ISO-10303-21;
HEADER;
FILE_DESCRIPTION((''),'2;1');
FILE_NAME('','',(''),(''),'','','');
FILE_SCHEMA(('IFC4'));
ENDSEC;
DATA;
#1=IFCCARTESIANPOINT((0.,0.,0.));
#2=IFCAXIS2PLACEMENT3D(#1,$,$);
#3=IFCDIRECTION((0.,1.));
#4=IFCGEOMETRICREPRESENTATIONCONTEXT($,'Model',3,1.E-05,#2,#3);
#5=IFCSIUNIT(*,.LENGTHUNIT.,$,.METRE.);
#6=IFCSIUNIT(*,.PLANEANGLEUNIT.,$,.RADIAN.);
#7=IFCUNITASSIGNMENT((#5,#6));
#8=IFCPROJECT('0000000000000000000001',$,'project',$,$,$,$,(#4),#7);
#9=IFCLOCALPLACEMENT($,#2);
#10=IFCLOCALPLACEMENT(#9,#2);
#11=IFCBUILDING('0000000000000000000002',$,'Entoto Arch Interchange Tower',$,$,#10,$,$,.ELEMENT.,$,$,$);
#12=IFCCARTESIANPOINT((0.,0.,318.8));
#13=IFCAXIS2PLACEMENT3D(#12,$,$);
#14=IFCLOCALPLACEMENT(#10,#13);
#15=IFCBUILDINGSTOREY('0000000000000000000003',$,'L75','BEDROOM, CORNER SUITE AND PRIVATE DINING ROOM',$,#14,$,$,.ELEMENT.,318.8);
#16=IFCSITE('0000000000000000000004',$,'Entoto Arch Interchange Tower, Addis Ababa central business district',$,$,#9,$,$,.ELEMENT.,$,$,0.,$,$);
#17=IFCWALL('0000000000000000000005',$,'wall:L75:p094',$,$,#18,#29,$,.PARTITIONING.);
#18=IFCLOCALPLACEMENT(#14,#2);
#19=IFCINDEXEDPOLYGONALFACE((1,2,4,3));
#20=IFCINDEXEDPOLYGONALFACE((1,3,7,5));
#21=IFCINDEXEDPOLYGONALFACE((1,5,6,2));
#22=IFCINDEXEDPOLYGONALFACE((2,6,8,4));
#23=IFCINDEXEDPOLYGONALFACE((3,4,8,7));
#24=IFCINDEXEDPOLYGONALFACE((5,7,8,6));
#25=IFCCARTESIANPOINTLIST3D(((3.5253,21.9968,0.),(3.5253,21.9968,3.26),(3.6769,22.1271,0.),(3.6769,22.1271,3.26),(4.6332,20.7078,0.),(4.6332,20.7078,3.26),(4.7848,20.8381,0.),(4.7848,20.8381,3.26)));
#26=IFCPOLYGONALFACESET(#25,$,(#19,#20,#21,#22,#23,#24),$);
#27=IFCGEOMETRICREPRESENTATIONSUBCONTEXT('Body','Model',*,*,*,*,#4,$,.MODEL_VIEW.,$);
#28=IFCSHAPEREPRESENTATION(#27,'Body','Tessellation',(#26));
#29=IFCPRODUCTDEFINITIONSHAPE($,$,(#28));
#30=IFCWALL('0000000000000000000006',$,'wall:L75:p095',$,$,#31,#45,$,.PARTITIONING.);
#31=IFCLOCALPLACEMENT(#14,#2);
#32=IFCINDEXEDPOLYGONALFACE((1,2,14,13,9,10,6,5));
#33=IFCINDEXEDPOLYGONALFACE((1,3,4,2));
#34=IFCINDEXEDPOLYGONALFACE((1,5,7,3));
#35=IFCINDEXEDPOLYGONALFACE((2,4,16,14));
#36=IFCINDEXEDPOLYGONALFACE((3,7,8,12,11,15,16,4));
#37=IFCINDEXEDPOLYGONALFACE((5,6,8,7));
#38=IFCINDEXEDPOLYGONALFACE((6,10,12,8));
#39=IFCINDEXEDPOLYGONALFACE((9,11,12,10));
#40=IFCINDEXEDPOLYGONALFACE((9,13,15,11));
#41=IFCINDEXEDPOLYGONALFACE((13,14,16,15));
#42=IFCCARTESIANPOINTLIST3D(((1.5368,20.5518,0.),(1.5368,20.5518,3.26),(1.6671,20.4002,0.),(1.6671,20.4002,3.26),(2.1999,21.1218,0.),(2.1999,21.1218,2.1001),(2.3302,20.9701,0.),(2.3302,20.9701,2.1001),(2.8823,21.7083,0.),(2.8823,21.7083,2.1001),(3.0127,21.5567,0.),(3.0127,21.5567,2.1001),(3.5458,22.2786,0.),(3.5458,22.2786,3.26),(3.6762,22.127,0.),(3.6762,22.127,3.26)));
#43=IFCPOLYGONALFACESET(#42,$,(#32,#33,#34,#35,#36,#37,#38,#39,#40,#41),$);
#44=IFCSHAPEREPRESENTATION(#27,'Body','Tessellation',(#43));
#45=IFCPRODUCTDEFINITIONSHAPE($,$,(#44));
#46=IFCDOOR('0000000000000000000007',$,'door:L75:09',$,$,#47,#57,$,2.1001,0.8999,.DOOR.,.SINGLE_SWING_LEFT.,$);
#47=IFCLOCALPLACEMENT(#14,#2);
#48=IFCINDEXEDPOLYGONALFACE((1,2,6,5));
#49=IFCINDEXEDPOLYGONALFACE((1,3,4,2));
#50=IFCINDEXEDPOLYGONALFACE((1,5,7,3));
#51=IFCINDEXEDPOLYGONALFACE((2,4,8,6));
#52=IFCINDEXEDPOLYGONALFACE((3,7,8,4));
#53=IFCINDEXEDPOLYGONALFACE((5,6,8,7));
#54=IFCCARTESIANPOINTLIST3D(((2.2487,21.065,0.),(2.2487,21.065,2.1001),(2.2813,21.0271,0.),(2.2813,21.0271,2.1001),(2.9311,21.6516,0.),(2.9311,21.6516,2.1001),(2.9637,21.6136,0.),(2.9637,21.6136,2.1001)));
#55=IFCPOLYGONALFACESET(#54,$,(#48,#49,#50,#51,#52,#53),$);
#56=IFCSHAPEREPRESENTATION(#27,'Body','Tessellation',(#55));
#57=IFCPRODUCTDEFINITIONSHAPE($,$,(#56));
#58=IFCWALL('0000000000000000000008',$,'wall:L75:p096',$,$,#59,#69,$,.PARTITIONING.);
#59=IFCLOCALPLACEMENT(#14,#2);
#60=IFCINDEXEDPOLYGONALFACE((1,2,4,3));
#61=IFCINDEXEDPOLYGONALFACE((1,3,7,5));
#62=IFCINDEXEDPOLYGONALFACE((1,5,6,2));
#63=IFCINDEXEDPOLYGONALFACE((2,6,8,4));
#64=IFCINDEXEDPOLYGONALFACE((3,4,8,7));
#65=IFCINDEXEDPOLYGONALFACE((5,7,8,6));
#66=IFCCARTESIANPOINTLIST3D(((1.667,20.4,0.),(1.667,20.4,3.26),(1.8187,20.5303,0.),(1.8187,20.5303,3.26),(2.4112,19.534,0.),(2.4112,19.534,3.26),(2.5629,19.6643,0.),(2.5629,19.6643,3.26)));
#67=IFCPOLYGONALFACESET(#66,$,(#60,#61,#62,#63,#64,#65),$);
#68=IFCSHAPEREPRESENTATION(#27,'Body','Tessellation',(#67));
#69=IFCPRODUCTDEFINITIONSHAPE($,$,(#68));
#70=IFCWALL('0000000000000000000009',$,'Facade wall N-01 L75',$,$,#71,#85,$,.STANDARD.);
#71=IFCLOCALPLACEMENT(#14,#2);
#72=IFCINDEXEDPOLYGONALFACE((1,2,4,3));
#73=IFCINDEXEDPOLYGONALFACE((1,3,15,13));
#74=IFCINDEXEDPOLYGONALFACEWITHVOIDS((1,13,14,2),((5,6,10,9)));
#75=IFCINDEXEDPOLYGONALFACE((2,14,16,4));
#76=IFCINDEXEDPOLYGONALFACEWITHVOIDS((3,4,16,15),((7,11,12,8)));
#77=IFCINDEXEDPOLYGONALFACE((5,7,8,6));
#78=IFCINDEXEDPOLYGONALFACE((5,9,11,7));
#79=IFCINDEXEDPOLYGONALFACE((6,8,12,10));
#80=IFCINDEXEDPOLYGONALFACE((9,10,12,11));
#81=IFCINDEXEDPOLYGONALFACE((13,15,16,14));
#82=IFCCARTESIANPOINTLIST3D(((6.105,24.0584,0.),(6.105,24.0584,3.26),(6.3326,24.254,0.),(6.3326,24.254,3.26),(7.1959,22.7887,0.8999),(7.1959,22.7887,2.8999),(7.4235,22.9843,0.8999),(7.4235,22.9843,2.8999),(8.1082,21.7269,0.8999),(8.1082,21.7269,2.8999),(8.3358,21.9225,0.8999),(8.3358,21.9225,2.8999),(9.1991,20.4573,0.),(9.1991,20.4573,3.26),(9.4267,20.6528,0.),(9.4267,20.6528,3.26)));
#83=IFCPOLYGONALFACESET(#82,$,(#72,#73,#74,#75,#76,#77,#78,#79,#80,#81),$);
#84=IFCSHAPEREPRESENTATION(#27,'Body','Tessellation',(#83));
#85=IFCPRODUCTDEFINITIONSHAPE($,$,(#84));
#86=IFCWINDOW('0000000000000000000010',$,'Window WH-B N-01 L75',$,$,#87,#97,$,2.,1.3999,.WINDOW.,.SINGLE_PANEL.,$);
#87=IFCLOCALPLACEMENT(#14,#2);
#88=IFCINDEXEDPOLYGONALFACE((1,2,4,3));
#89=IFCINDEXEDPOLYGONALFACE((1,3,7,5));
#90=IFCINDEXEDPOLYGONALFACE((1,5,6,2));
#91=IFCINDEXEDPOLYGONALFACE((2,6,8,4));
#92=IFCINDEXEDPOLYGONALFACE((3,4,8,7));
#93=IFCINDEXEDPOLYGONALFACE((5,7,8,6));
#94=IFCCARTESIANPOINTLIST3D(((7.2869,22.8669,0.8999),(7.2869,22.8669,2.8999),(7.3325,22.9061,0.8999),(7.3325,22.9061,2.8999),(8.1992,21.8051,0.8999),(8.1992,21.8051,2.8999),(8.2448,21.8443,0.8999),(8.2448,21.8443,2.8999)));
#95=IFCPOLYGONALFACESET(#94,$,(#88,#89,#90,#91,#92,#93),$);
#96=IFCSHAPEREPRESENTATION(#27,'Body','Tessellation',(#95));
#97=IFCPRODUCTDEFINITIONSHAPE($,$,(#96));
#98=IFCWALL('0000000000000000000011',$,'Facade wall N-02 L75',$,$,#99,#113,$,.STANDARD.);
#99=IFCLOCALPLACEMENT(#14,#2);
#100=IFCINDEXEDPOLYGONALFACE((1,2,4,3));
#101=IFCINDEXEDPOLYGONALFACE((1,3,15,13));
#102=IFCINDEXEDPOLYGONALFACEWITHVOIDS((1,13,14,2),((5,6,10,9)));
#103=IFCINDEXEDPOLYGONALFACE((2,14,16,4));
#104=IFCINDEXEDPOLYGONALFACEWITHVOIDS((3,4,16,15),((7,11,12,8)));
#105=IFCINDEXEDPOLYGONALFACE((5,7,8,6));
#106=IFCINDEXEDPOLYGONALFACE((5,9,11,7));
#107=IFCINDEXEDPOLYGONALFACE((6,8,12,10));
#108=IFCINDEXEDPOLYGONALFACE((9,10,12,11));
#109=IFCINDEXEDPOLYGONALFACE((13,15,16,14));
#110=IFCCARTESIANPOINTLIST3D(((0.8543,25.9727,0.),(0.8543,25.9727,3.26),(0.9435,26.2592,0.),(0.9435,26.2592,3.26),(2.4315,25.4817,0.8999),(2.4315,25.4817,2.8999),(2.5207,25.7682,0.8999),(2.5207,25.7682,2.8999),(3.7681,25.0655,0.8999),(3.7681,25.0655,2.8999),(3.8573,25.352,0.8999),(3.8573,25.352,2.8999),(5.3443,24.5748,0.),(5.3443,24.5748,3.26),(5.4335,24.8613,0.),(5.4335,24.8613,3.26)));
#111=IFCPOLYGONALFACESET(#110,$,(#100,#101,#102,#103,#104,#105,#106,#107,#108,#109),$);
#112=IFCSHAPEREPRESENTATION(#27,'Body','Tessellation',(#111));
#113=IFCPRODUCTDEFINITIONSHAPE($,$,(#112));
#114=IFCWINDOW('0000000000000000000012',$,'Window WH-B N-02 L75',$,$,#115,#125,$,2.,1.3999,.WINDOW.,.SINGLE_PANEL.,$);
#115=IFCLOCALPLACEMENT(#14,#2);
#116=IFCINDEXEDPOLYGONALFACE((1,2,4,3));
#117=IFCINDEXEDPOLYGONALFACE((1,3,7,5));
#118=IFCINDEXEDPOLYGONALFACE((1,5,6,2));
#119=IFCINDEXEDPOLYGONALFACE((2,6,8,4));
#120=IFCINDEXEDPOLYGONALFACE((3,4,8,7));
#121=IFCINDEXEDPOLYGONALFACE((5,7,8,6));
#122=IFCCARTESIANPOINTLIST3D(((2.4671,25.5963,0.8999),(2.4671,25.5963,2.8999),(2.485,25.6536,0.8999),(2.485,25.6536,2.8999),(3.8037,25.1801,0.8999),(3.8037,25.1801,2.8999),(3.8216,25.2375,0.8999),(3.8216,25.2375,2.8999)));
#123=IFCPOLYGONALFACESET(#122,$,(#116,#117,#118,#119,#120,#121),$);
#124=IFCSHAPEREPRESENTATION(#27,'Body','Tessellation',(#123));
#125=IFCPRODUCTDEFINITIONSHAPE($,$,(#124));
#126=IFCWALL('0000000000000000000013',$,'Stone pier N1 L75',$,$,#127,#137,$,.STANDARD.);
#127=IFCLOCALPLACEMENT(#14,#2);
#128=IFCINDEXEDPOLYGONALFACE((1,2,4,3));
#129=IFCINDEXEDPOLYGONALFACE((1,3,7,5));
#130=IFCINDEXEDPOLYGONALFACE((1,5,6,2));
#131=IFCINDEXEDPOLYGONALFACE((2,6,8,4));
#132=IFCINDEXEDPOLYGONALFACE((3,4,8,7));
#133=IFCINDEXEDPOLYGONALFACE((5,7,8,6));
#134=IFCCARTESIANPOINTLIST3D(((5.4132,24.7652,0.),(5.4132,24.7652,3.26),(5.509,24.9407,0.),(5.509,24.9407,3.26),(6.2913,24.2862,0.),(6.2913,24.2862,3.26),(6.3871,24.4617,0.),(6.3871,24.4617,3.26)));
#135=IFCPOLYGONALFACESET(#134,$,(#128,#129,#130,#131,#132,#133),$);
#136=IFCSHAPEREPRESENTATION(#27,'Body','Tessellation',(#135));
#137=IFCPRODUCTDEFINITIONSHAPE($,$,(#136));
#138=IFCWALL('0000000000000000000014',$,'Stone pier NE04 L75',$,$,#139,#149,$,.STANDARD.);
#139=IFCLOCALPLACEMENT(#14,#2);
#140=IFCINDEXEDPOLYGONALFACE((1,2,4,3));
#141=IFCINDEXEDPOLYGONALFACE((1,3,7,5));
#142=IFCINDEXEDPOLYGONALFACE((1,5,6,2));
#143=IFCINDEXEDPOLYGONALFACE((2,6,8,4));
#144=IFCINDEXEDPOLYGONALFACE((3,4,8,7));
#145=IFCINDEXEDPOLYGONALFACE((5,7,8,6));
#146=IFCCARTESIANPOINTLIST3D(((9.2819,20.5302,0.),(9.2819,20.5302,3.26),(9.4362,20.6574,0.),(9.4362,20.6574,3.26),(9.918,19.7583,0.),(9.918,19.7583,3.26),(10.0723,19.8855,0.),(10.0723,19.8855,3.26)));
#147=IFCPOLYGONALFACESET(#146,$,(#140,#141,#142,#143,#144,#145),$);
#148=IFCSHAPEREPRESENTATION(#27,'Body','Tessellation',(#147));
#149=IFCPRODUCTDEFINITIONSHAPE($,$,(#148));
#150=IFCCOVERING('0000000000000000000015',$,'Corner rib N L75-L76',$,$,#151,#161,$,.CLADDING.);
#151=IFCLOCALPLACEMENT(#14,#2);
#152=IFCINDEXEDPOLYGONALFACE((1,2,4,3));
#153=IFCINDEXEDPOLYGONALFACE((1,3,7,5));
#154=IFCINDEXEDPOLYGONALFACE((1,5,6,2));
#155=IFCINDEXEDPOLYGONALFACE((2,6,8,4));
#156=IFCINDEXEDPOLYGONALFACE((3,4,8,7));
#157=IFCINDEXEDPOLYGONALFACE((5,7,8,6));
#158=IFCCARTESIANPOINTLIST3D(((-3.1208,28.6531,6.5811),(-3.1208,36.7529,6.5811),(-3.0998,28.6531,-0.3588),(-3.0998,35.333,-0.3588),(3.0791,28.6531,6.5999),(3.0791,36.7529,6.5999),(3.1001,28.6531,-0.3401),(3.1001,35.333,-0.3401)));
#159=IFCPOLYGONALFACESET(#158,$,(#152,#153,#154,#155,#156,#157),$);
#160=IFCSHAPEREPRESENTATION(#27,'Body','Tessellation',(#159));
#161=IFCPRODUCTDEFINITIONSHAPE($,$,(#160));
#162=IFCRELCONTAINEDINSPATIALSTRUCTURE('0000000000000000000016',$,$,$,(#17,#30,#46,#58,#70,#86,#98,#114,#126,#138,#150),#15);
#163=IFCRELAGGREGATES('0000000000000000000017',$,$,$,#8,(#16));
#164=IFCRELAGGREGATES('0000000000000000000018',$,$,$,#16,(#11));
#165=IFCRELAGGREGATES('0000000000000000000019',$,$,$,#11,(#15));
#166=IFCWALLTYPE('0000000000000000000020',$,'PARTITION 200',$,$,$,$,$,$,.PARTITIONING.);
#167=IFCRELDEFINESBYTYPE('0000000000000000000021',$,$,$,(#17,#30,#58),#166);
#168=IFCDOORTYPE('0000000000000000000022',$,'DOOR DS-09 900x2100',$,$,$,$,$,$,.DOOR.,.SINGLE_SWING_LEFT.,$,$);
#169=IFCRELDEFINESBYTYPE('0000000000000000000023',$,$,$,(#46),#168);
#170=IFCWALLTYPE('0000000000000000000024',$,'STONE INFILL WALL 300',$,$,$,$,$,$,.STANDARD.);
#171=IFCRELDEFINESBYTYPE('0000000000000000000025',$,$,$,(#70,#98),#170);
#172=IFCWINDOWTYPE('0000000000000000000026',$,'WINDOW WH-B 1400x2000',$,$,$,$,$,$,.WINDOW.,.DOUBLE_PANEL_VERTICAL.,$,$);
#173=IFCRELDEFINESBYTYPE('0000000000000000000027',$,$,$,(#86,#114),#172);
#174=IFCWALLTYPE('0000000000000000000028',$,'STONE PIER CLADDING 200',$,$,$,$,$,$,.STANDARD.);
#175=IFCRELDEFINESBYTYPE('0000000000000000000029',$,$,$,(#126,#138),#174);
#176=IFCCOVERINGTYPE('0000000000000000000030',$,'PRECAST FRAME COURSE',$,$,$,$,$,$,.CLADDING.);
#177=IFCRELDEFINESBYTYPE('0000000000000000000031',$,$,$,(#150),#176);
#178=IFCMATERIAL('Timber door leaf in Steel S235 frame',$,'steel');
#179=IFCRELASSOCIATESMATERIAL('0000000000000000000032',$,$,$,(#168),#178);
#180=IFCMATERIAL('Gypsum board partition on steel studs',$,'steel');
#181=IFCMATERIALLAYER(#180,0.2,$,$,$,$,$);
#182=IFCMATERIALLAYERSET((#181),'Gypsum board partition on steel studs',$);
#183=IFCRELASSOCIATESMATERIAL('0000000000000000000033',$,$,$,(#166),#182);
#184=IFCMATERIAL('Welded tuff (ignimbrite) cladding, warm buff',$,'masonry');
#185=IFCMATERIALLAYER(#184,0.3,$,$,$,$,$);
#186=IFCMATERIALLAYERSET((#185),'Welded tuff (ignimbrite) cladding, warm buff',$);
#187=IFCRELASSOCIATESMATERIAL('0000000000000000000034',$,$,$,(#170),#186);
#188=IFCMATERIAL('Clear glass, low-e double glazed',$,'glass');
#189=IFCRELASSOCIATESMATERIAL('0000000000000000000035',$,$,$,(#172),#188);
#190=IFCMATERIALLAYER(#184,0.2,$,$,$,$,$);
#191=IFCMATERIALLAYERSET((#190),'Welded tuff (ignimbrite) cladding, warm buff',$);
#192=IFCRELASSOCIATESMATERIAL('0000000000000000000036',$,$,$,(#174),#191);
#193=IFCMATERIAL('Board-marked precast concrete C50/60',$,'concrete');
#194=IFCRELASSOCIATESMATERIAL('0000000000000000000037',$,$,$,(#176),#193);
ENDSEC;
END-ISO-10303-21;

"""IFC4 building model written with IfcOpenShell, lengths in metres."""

from ifc_helpers import new_model, si_unit, direction, frame, frame_2d, origin, place, context, subcontext, project, spatial, polyline, rectangle, outline, extrude, material, layer, layer_set, type_object, element, fill, save


model = new_model("IFC4")

# Units and contexts
model_context = context("Model", 3, precision=1e-05, world=origin(), true_north=direction((0.0, 1.0)))
body_context = subcontext(model_context, "Body", "Model", "MODEL_VIEW")
ifc_project = project(units=[si_unit("LENGTHUNIT", "METRE"), si_unit("PLANEANGLEUNIT", "RADIAN")], contexts=[model_context])

# Site, building, storey
site_placement = place(None, origin())
site = spatial("IfcSite", under=ifc_project, at=site_placement, Name="Entoto Arch Interchange Tower, Addis Ababa central business district", CompositionType="ELEMENT", RefElevation=0.0)
building_placement = place(site_placement, origin())
building = spatial("IfcBuilding", under=site, at=building_placement, Name="Entoto Arch Interchange Tower", CompositionType="ELEMENT")
storey_placement = place(building_placement, frame((0.0, 0.0, 318.8)))
storey = spatial("IfcBuildingStorey", under=building, at=storey_placement, Name="L75", Description="BEDROOM, CORNER SUITE AND PRIVATE DINING ROOM", CompositionType="ELEMENT", Elevation=318.8)

# Shared definitions
ifc_material_1 = material(Name="Gypsum board partition on steel studs", Category="steel")
ifc_material_2 = material(Name="Timber door leaf in Steel S235 frame", Category="steel")
door_type_1 = type_object("IfcDoorType", Name="DOOR DS-09 900x2100", OperationType="SINGLE_SWING_LEFT", PredefinedType="DOOR", material=ifc_material_2)

# Shared definitions
ifc_layer_1 = layer(ifc_material_1, 0.2)
ifc_layer_set_1 = layer_set([ifc_layer_1], Name="Gypsum board partition on steel studs")
wall_type_1 = type_object("IfcWallType", Name="PARTITION 200", PredefinedType="PARTITIONING", material=ifc_layer_set_1)

# Wall
wall_1_placement = place(storey_placement, frame((4.709, 20.7729, 0.0), z_axis=(0.0, 0.0, 1.0), x_axis=(-0.651808, 0.758384, 0.0)))
element("IfcWall", 1, at=wall_1_placement, inside=storey, type_object=wall_type_1, Name="wall:L75:p094", PredefinedType="PARTITIONING", context=body_context, shape_type="SweptSolid", body=[
    extrude(rectangle(XDim=1.6997, YDim=0.2, at=frame_2d((0.8499, 0.0))), origin(), (0.0, 0.0, 1.0), 3.26),
])

# Wall, opening, door
wall_2_placement = place(storey_placement, frame((3.6111, 22.2029, 0.0), z_axis=(0.0, 0.0, 1.0), x_axis=(-0.758365, -0.651831, 0.0)))
wall_2 = element("IfcWall", 2, at=wall_2_placement, inside=storey, type_object=wall_type_1, Name="wall:L75:p095", PredefinedType="PARTITIONING", context=body_context, shape_type="SweptSolid", body=[
    extrude(rectangle(XDim=2.6492, YDim=0.2, at=frame_2d((1.3247, 0.0))), origin(), (0.0, 0.0, 1.0), 3.26),
])
opening_1_placement = place(wall_2_placement, frame((0.875, 0.0, 0.0)))
opening_1 = element("IfcOpeningElement", 3, at=opening_1_placement, cuts=wall_2, PredefinedType="OPENING", context=body_context, shape_type="SweptSolid", body=[
    extrude(rectangle(XDim=0.8999, YDim=2.1001, at=frame_2d((0.45, 1.05))), frame((0.0, 0.1099, 0.0), z_axis=(0.0, -1.0, 0.0), x_axis=(1.0, 0.0, 0.0)), (0.0, 0.0, 1.0), 0.22),
])
door_1_placement = place(opening_1_placement, origin())
door_1 = element("IfcDoor", 4, at=door_1_placement, inside=storey, type_object=door_type_1, Name="door:L75:09", OperationType="SINGLE_SWING_LEFT", OverallHeight=2.1001, OverallWidth=0.8999, PredefinedType="DOOR", context=body_context, shape_type="SweptSolid", body=[
    extrude(rectangle(XDim=0.8999, YDim=2.1001, at=frame_2d((0.45, 1.05))), frame((0.0, 0.0249, 0.0), z_axis=(0.0, -1.0, 0.0), x_axis=(1.0, 0.0, 0.0)), (0.0, 0.0, 1.0), 0.05),
])
fill(opening_1, door_1)

# Wall
wall_3_placement = place(storey_placement, frame((1.7429, 20.4651, 0.0), z_axis=(0.0, 0.0, 1.0), x_axis=(0.651742, -0.758441, 0.0)))
element("IfcWall", 5, at=wall_3_placement, inside=storey, type_object=wall_type_1, Name="wall:L75:p096", PredefinedType="PARTITIONING", context=body_context, shape_type="SweptSolid", body=[
    extrude(rectangle(XDim=1.1418, YDim=0.2, at=frame_2d((0.5708, 0.0))), origin(), (0.0, 0.0, 1.0), 3.26),
])

# Walls, openings, windows
ifc_material_3 = material(Name="Welded tuff (ignimbrite) cladding, warm buff", Category="masonry")
ifc_layer_2 = layer(ifc_material_3, 0.3)
ifc_layer_set_2 = layer_set([ifc_layer_2], Name="Welded tuff (ignimbrite) cladding, warm buff")
wall_type_2 = type_object("IfcWallType", Name="STONE INFILL WALL 300", PredefinedType="STANDARD", material=ifc_layer_set_2)
wall_4_placement = place(storey_placement, frame((9.313, 20.5549, 0.0), z_axis=(0.0, 0.0, 1.0), x_axis=(-0.651684, 0.75849, 0.0)))
wall_4 = element("IfcWall", 6, at=wall_4_placement, inside=storey, type_object=wall_type_2, Name="Facade wall N-01 L75", PredefinedType="STANDARD", context=body_context, shape_type="SweptSolid", body=[
    extrude(rectangle(XDim=4.7478, YDim=0.3, at=frame_2d((2.374, 0.0))), origin(), (0.0, 0.0, 1.0), 3.26),
])
opening_2_placement = place(wall_4_placement, frame((1.6741, 0.0, 0.8999)))
opening_2 = element("IfcOpeningElement", 7, at=opening_2_placement, cuts=wall_4, PredefinedType="OPENING", context=body_context, shape_type="SweptSolid", body=[
    extrude(rectangle(XDim=1.3999, YDim=2.0, at=frame_2d((0.7, 1.0))), frame((0.0, 0.1602, 0.0), z_axis=(0.0, -1.0, 0.0), x_axis=(1.0, 0.0, 0.0)), (0.0, 0.0, 1.0), 0.3201),
])
ifc_material_4 = material(Name="Clear glass, low-e double glazed", Category="glass")
window_type = type_object("IfcWindowType", Name="WINDOW WH-B 1400x2000", PartitioningType="DOUBLE_PANEL_VERTICAL", PredefinedType="WINDOW", material=ifc_material_4)
window_1_placement = place(opening_2_placement, origin())
window_1 = element("IfcWindow", 8, at=window_1_placement, inside=storey, type_object=window_type, Name="Window WH-B N-01 L75", OverallHeight=2.0, OverallWidth=1.3999, PartitioningType="SINGLE_PANEL", PredefinedType="WINDOW", context=body_context, shape_type="SweptSolid", body=[
    extrude(rectangle(XDim=1.3999, YDim=2.0, at=frame_2d((0.7, 1.0))), frame((0.0, 0.03, 0.0), z_axis=(0.0, -1.0, 0.0), x_axis=(1.0, 0.0, 0.0)), (0.0, 0.0, 1.0), 0.0601),
])
fill(opening_2, window_1)
wall_5_placement = place(storey_placement, frame((5.3889, 24.718, 0.0), z_axis=(0.0, 0.0, 1.0), x_axis=(-0.954793, 0.297273, 0.0)))
wall_5 = element("IfcWall", 9, at=wall_5_placement, inside=storey, type_object=wall_type_2, Name="Facade wall N-02 L75", PredefinedType="STANDARD", context=body_context, shape_type="SweptSolid", body=[
    extrude(rectangle(XDim=4.7026, YDim=0.3, at=frame_2d((2.3513, 0.0))), origin(), (0.0, 0.0, 1.0), 3.26),
])
opening_3_placement = place(wall_5_placement, frame((1.6509, 0.0, 0.8999)))
opening_3 = element("IfcOpeningElement", 10, at=opening_3_placement, cuts=wall_5, PredefinedType="OPENING", context=body_context, shape_type="SweptSolid", body=[
    extrude(rectangle(XDim=1.3999, YDim=2.0, at=frame_2d((0.7, 1.0))), frame((0.0, 0.1602, 0.0), z_axis=(0.0, -1.0, 0.0), x_axis=(1.0, 0.0, 0.0)), (0.0, 0.0, 1.0), 0.3201),
])
window_2_placement = place(opening_3_placement, origin())
window_2 = element("IfcWindow", 11, at=window_2_placement, inside=storey, type_object=window_type, Name="Window WH-B N-02 L75", OverallHeight=2.0, OverallWidth=1.3999, PartitioningType="SINGLE_PANEL", PredefinedType="WINDOW", context=body_context, shape_type="SweptSolid", body=[
    extrude(rectangle(XDim=1.3999, YDim=2.0, at=frame_2d((0.7, 1.0))), frame((0.0, 0.03, 0.0), z_axis=(0.0, -1.0, 0.0), x_axis=(1.0, 0.0, 0.0)), (0.0, 0.0, 1.0), 0.0601),
])
fill(opening_3, window_2)

# Walls
ifc_layer_3 = layer(ifc_material_3, 0.2)
ifc_layer_set_3 = layer_set([ifc_layer_3], Name="Welded tuff (ignimbrite) cladding, warm buff")
wall_type_3 = type_object("IfcWallType", Name="STONE PIER CLADDING 200", PredefinedType="STANDARD", material=ifc_layer_set_3)
for number, where, z_axis, x_axis, name in (
    (12, (6.3391, 24.374, 0.0), (0.0, 0.0, 1.0), (-0.877896, 0.478852, 0.0), "Stone pier N1 L75"),
    (13, (9.9951, 19.822, 0.0), (0.0, 0.0, 1.0), (-0.635998, 0.771691, 0.0), "Stone pier NE04 L75"),
):
    element("IfcWall", number, at=place(storey_placement, frame(where, z_axis=z_axis, x_axis=x_axis)), inside=storey, type_object=wall_type_3, Name=name, PredefinedType="STANDARD", context=body_context, shape_type="SweptSolid", body=[
        extrude(rectangle(XDim=1.0002, YDim=0.2, at=frame_2d((0.5, 0.0))), origin(), (0.0, 0.0, 1.0), 3.26),
    ])

# Covering
ifc_material_5 = material(Name="Board-marked precast concrete C50/60", Category="concrete")
covering_type = type_object("IfcCoveringType", Name="PRECAST FRAME COURSE", PredefinedType="CLADDING", material=ifc_material_5)
covering_1_placement = place(storey_placement, frame((3.1001, 28.6531, -0.3401), z_axis=(0.999995, 0.0, 0.003025), x_axis=(0.0, 1.0, 0.0)))
element("IfcCovering", 14, at=covering_1_placement, inside=storey, type_object=covering_type, Name="Corner rib N L75-L76", PredefinedType="CLADDING", context=body_context, shape_type="SweptSolid", body=[
    extrude(outline(polyline([(0.0, 0.0), (6.6799, 0.0), (8.0999, 6.94), (0.0, 6.94), (0.0, 0.0)])), origin(), (0.0, 0.0, -1.0), 6.2),
])

save(model, "model.ifc")
